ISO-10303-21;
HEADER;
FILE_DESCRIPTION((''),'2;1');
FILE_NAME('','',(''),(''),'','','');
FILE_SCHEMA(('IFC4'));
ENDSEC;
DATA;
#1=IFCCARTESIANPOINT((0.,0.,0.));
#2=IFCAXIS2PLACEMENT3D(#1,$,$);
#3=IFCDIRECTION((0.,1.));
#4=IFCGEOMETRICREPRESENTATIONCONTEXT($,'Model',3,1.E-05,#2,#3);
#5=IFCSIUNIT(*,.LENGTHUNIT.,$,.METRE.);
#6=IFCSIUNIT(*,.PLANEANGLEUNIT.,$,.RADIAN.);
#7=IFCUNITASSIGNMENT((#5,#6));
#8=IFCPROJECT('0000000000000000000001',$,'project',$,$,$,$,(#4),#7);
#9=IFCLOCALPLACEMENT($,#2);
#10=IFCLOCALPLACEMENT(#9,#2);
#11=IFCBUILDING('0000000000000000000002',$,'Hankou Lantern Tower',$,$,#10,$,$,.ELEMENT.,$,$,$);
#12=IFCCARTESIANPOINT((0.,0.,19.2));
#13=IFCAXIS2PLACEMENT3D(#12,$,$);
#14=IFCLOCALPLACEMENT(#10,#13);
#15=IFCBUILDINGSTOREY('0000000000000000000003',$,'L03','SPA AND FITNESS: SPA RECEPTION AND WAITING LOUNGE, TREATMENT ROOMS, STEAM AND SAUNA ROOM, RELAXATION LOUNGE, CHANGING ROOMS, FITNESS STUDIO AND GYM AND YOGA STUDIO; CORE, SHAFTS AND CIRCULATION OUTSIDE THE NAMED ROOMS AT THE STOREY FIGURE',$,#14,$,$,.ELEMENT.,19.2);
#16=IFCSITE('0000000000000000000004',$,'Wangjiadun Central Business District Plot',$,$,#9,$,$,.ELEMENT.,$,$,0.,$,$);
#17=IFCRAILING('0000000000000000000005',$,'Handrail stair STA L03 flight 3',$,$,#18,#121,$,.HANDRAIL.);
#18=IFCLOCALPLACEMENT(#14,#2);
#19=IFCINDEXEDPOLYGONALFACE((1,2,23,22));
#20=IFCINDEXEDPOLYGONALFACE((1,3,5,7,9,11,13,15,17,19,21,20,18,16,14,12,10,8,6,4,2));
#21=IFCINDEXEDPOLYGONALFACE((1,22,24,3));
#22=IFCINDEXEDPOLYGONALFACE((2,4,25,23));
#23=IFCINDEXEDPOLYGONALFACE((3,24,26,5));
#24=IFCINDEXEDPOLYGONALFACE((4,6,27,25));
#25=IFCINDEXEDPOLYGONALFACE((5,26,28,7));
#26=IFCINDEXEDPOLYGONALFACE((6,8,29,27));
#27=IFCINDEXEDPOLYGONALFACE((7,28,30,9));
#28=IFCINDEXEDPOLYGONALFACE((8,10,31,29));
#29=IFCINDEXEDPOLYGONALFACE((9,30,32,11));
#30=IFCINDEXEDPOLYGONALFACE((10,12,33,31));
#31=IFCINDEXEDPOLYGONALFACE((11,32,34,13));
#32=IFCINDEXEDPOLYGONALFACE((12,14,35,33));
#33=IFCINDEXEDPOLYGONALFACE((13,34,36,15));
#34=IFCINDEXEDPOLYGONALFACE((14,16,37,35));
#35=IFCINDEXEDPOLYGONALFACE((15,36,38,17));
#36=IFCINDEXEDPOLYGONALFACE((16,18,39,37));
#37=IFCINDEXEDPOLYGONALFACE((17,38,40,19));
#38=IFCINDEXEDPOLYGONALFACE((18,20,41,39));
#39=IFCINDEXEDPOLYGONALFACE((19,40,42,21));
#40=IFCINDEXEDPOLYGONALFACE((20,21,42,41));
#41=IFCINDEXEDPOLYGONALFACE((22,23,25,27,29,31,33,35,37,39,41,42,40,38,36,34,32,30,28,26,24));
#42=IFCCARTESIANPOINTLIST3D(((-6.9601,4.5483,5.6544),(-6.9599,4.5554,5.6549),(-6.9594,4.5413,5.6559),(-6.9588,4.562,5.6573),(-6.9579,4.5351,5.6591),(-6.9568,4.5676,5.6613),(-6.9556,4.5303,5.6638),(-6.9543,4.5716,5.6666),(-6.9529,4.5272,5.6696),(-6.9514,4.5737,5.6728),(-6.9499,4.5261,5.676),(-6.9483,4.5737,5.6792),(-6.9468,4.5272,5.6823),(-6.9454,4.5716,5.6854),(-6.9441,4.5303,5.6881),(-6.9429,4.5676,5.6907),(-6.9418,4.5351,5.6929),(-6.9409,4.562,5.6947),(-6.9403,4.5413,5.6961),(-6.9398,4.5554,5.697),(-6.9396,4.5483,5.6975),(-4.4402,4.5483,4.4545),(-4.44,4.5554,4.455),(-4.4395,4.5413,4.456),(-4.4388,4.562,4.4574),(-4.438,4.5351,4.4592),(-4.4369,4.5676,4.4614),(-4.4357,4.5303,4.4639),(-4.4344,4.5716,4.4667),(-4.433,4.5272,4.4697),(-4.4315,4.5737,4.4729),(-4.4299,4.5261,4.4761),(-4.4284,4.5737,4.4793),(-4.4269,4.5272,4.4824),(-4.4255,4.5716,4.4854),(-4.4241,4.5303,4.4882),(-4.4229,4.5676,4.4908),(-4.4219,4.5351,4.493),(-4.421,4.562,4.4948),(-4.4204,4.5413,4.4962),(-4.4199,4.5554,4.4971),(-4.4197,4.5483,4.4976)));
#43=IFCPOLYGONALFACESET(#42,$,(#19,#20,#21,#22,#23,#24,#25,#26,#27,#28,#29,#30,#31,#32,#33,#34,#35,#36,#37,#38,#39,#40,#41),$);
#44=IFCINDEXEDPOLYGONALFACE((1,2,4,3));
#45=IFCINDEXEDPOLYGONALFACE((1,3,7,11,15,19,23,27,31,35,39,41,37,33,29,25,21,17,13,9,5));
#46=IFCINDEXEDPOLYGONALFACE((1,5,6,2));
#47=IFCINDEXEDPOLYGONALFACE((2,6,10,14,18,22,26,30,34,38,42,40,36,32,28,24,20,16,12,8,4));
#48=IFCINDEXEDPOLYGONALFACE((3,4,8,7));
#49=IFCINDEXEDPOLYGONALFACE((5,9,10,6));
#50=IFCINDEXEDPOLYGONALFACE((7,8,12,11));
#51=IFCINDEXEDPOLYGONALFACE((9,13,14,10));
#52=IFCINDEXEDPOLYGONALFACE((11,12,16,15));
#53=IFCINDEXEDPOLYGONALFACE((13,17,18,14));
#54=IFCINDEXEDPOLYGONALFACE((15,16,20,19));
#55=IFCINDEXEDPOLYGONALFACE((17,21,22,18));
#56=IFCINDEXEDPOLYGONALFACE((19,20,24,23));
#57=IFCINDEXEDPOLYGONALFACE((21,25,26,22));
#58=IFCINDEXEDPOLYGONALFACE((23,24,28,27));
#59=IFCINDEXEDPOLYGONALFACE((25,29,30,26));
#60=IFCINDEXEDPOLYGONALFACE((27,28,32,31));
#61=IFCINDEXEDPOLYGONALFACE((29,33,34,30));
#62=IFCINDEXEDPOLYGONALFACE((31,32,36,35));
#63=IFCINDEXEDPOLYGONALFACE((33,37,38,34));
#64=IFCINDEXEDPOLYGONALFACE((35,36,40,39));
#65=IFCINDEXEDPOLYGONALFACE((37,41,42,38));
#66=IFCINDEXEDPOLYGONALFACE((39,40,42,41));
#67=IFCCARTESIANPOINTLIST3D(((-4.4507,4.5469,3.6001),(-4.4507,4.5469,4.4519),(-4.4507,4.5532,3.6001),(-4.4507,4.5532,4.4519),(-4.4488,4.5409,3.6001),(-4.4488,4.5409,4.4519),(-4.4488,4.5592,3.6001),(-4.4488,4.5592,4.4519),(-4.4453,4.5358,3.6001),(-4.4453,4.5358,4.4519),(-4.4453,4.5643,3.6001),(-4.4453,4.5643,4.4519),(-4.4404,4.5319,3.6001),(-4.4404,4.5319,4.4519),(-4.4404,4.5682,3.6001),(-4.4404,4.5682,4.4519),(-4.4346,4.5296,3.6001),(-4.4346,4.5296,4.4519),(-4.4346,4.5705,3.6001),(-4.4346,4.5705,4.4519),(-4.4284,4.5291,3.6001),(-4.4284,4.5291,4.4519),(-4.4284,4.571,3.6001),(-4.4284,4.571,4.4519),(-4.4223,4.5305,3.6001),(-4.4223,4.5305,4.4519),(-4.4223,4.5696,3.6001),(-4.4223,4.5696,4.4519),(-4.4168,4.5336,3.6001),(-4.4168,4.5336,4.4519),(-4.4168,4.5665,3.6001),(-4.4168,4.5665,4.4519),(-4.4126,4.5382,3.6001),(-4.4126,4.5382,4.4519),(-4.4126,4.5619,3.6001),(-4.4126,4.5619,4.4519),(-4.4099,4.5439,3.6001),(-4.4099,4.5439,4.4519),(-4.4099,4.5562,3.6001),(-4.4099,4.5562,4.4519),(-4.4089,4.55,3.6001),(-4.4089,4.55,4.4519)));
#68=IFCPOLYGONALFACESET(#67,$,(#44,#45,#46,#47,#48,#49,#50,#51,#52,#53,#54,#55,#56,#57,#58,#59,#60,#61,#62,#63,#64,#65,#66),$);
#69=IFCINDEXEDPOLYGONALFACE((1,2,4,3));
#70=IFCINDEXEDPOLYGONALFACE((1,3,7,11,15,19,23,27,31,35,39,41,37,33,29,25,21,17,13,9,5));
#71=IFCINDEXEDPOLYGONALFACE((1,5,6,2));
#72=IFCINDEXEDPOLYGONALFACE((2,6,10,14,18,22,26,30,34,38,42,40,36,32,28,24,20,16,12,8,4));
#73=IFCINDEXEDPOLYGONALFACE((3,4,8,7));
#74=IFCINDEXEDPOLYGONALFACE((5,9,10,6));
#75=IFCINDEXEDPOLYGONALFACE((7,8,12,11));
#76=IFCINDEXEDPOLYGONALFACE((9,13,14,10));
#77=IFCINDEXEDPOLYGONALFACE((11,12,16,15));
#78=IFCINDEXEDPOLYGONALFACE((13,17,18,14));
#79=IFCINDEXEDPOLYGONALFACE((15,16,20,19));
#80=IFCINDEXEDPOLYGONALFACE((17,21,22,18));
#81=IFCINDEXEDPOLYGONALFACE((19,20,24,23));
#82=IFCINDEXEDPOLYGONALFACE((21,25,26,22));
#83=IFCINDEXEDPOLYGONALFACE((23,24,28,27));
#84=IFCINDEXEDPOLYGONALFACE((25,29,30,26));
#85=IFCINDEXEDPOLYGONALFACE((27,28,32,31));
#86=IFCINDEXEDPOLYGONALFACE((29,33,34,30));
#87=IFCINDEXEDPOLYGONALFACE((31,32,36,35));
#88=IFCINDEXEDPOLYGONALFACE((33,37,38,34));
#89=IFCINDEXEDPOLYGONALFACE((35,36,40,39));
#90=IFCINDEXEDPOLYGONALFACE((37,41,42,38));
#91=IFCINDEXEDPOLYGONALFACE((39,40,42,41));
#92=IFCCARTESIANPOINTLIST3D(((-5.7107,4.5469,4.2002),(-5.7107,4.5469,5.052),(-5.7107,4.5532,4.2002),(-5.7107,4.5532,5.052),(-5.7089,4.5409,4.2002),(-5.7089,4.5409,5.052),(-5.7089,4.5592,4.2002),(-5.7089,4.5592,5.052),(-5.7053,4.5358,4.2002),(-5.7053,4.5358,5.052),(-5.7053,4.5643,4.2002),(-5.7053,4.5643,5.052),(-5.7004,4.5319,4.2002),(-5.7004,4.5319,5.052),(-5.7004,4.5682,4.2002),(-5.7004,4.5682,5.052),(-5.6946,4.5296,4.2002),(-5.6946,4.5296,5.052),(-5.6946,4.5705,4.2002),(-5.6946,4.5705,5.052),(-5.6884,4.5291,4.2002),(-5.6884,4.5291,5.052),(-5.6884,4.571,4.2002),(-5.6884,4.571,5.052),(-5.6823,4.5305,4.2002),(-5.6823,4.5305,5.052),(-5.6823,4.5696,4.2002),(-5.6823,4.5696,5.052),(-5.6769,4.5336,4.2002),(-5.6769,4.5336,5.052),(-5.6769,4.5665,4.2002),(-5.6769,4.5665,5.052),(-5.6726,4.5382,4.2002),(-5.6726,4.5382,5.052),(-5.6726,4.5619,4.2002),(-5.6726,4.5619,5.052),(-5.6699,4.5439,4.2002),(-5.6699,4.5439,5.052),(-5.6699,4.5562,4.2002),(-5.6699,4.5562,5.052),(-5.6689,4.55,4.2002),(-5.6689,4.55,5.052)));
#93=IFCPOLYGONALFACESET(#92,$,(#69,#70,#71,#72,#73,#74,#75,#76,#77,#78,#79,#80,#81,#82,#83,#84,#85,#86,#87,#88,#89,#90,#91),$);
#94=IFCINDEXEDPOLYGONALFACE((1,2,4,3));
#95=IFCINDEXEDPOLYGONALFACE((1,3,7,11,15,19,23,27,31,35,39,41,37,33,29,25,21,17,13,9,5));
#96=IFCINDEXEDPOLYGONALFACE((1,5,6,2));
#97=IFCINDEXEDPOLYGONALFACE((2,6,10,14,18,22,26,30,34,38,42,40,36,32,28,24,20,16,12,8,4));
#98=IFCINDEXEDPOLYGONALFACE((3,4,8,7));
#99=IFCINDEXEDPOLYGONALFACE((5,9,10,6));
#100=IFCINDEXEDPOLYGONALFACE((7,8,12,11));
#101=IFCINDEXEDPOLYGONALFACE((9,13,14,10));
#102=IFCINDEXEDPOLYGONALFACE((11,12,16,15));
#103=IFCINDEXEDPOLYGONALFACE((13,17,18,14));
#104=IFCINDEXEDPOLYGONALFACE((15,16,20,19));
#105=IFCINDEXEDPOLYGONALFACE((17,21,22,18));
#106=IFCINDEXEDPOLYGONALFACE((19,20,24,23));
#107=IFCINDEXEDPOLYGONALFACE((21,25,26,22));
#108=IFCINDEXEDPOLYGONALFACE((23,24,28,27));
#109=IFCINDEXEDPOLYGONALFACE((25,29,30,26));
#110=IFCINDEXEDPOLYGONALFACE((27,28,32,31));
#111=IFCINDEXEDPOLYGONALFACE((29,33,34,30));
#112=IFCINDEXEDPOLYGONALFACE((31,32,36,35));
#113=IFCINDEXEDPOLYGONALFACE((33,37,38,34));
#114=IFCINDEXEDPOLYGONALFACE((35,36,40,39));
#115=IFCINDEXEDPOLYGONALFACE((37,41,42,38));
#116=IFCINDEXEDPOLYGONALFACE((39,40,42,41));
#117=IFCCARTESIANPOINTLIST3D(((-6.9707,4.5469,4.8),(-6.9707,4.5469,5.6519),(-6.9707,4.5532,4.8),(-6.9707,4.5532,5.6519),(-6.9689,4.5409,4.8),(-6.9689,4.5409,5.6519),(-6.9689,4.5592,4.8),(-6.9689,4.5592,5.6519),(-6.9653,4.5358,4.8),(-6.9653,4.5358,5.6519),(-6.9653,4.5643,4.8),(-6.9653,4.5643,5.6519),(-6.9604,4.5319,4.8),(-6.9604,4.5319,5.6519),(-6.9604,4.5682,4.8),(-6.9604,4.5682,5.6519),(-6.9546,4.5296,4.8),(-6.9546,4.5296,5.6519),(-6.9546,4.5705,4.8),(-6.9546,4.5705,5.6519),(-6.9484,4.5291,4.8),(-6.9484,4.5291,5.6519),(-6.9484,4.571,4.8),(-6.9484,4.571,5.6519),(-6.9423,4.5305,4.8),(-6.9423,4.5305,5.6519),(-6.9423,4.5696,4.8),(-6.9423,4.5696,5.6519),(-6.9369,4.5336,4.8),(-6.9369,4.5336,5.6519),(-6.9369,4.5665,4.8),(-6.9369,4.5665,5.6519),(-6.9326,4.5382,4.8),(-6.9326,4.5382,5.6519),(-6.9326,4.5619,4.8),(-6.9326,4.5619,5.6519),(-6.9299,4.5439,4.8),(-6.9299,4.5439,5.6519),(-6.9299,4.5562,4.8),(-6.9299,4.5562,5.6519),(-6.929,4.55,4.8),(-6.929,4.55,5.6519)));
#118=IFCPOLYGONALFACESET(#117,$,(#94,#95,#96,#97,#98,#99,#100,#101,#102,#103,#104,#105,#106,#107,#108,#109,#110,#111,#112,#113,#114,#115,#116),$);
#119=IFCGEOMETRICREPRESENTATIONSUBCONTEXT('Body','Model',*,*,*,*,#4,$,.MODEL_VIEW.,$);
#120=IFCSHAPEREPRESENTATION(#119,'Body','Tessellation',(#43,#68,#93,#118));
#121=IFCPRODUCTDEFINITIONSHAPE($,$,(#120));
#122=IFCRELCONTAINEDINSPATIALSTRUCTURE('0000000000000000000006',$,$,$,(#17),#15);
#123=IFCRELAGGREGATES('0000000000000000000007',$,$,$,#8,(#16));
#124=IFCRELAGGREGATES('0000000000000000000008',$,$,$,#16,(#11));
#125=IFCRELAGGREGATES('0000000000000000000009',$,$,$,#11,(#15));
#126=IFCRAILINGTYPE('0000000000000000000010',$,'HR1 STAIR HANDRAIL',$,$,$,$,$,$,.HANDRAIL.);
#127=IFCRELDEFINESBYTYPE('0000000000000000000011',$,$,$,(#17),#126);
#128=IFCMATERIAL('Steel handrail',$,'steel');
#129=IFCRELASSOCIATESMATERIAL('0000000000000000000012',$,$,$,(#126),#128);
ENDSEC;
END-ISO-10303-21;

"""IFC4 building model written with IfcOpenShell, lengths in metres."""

from ifc_helpers import new_model, si_unit, direction, frame, origin, origin_2d, place, context, subcontext, project, spatial, circle, extrude, material, type_object, element, save


model = new_model("IFC4")

# Units and contexts
model_context = context("Model", 3, precision=1e-05, world=origin(), true_north=direction((0.0, 1.0)))
body_context = subcontext(model_context, "Body", "Model", "MODEL_VIEW")
ifc_project = project(units=[si_unit("LENGTHUNIT", "METRE"), si_unit("PLANEANGLEUNIT", "RADIAN")], contexts=[model_context])

# Site, building, storey
site_placement = place(None, origin())
site = spatial("IfcSite", under=ifc_project, at=site_placement, Name="Wangjiadun Central Business District Plot", CompositionType="ELEMENT", RefElevation=0.0)
building_placement = place(site_placement, origin())
building = spatial("IfcBuilding", under=site, at=building_placement, Name="Hankou Lantern Tower", CompositionType="ELEMENT")
storey_placement = place(building_placement, frame((0.0, 0.0, 19.2)))
storey = spatial("IfcBuildingStorey", under=building, at=storey_placement, Name="L03", Description="SPA AND FITNESS: SPA RECEPTION AND WAITING LOUNGE, TREATMENT ROOMS, STEAM AND SAUNA ROOM, RELAXATION LOUNGE, CHANGING ROOMS, FITNESS STUDIO AND GYM AND YOGA STUDIO; CORE, SHAFTS AND CIRCULATION OUTSIDE THE NAMED ROOMS AT THE STOREY FIGURE", CompositionType="ELEMENT", Elevation=19.2)

# Railing
ifc_material_1 = material(Name="Steel handrail", Category="steel")
railing_type = type_object("IfcRailingType", Name="HR1 STAIR HANDRAIL", PredefinedType="HANDRAIL", material=ifc_material_1)
railing_1_placement = place(storey_placement, frame((-4.4299, 4.55, 3.6001)))
element("IfcRailing", 1, at=railing_1_placement, inside=storey, type_object=railing_type, Name="Handrail stair STA L03 flight 3", PredefinedType="HANDRAIL", context=body_context, shape_type="SweptSolid", body=[
    extrude(circle(Radius=0.0239, at=origin_2d()), frame((0.0, 0.0, 0.876), z_axis=(-0.902869, 0.0, 0.429917), x_axis=(0.0, -1.0, 0.0)), (0.0, 0.0, 1.0), 2.791),
    extrude(circle(Radius=0.021, at=origin_2d()), origin(), (0.0, 0.0, 1.0), 0.8518),
    extrude(circle(Radius=0.021, at=origin_2d()), frame((-1.26, 0.0, 0.6001)), (0.0, 0.0, 1.0), 0.8518),
    extrude(circle(Radius=0.021, at=origin_2d()), frame((-2.52, 0.0, 1.2)), (0.0, 0.0, 1.0), 0.8518),
])

save(model, "model.ifc")
